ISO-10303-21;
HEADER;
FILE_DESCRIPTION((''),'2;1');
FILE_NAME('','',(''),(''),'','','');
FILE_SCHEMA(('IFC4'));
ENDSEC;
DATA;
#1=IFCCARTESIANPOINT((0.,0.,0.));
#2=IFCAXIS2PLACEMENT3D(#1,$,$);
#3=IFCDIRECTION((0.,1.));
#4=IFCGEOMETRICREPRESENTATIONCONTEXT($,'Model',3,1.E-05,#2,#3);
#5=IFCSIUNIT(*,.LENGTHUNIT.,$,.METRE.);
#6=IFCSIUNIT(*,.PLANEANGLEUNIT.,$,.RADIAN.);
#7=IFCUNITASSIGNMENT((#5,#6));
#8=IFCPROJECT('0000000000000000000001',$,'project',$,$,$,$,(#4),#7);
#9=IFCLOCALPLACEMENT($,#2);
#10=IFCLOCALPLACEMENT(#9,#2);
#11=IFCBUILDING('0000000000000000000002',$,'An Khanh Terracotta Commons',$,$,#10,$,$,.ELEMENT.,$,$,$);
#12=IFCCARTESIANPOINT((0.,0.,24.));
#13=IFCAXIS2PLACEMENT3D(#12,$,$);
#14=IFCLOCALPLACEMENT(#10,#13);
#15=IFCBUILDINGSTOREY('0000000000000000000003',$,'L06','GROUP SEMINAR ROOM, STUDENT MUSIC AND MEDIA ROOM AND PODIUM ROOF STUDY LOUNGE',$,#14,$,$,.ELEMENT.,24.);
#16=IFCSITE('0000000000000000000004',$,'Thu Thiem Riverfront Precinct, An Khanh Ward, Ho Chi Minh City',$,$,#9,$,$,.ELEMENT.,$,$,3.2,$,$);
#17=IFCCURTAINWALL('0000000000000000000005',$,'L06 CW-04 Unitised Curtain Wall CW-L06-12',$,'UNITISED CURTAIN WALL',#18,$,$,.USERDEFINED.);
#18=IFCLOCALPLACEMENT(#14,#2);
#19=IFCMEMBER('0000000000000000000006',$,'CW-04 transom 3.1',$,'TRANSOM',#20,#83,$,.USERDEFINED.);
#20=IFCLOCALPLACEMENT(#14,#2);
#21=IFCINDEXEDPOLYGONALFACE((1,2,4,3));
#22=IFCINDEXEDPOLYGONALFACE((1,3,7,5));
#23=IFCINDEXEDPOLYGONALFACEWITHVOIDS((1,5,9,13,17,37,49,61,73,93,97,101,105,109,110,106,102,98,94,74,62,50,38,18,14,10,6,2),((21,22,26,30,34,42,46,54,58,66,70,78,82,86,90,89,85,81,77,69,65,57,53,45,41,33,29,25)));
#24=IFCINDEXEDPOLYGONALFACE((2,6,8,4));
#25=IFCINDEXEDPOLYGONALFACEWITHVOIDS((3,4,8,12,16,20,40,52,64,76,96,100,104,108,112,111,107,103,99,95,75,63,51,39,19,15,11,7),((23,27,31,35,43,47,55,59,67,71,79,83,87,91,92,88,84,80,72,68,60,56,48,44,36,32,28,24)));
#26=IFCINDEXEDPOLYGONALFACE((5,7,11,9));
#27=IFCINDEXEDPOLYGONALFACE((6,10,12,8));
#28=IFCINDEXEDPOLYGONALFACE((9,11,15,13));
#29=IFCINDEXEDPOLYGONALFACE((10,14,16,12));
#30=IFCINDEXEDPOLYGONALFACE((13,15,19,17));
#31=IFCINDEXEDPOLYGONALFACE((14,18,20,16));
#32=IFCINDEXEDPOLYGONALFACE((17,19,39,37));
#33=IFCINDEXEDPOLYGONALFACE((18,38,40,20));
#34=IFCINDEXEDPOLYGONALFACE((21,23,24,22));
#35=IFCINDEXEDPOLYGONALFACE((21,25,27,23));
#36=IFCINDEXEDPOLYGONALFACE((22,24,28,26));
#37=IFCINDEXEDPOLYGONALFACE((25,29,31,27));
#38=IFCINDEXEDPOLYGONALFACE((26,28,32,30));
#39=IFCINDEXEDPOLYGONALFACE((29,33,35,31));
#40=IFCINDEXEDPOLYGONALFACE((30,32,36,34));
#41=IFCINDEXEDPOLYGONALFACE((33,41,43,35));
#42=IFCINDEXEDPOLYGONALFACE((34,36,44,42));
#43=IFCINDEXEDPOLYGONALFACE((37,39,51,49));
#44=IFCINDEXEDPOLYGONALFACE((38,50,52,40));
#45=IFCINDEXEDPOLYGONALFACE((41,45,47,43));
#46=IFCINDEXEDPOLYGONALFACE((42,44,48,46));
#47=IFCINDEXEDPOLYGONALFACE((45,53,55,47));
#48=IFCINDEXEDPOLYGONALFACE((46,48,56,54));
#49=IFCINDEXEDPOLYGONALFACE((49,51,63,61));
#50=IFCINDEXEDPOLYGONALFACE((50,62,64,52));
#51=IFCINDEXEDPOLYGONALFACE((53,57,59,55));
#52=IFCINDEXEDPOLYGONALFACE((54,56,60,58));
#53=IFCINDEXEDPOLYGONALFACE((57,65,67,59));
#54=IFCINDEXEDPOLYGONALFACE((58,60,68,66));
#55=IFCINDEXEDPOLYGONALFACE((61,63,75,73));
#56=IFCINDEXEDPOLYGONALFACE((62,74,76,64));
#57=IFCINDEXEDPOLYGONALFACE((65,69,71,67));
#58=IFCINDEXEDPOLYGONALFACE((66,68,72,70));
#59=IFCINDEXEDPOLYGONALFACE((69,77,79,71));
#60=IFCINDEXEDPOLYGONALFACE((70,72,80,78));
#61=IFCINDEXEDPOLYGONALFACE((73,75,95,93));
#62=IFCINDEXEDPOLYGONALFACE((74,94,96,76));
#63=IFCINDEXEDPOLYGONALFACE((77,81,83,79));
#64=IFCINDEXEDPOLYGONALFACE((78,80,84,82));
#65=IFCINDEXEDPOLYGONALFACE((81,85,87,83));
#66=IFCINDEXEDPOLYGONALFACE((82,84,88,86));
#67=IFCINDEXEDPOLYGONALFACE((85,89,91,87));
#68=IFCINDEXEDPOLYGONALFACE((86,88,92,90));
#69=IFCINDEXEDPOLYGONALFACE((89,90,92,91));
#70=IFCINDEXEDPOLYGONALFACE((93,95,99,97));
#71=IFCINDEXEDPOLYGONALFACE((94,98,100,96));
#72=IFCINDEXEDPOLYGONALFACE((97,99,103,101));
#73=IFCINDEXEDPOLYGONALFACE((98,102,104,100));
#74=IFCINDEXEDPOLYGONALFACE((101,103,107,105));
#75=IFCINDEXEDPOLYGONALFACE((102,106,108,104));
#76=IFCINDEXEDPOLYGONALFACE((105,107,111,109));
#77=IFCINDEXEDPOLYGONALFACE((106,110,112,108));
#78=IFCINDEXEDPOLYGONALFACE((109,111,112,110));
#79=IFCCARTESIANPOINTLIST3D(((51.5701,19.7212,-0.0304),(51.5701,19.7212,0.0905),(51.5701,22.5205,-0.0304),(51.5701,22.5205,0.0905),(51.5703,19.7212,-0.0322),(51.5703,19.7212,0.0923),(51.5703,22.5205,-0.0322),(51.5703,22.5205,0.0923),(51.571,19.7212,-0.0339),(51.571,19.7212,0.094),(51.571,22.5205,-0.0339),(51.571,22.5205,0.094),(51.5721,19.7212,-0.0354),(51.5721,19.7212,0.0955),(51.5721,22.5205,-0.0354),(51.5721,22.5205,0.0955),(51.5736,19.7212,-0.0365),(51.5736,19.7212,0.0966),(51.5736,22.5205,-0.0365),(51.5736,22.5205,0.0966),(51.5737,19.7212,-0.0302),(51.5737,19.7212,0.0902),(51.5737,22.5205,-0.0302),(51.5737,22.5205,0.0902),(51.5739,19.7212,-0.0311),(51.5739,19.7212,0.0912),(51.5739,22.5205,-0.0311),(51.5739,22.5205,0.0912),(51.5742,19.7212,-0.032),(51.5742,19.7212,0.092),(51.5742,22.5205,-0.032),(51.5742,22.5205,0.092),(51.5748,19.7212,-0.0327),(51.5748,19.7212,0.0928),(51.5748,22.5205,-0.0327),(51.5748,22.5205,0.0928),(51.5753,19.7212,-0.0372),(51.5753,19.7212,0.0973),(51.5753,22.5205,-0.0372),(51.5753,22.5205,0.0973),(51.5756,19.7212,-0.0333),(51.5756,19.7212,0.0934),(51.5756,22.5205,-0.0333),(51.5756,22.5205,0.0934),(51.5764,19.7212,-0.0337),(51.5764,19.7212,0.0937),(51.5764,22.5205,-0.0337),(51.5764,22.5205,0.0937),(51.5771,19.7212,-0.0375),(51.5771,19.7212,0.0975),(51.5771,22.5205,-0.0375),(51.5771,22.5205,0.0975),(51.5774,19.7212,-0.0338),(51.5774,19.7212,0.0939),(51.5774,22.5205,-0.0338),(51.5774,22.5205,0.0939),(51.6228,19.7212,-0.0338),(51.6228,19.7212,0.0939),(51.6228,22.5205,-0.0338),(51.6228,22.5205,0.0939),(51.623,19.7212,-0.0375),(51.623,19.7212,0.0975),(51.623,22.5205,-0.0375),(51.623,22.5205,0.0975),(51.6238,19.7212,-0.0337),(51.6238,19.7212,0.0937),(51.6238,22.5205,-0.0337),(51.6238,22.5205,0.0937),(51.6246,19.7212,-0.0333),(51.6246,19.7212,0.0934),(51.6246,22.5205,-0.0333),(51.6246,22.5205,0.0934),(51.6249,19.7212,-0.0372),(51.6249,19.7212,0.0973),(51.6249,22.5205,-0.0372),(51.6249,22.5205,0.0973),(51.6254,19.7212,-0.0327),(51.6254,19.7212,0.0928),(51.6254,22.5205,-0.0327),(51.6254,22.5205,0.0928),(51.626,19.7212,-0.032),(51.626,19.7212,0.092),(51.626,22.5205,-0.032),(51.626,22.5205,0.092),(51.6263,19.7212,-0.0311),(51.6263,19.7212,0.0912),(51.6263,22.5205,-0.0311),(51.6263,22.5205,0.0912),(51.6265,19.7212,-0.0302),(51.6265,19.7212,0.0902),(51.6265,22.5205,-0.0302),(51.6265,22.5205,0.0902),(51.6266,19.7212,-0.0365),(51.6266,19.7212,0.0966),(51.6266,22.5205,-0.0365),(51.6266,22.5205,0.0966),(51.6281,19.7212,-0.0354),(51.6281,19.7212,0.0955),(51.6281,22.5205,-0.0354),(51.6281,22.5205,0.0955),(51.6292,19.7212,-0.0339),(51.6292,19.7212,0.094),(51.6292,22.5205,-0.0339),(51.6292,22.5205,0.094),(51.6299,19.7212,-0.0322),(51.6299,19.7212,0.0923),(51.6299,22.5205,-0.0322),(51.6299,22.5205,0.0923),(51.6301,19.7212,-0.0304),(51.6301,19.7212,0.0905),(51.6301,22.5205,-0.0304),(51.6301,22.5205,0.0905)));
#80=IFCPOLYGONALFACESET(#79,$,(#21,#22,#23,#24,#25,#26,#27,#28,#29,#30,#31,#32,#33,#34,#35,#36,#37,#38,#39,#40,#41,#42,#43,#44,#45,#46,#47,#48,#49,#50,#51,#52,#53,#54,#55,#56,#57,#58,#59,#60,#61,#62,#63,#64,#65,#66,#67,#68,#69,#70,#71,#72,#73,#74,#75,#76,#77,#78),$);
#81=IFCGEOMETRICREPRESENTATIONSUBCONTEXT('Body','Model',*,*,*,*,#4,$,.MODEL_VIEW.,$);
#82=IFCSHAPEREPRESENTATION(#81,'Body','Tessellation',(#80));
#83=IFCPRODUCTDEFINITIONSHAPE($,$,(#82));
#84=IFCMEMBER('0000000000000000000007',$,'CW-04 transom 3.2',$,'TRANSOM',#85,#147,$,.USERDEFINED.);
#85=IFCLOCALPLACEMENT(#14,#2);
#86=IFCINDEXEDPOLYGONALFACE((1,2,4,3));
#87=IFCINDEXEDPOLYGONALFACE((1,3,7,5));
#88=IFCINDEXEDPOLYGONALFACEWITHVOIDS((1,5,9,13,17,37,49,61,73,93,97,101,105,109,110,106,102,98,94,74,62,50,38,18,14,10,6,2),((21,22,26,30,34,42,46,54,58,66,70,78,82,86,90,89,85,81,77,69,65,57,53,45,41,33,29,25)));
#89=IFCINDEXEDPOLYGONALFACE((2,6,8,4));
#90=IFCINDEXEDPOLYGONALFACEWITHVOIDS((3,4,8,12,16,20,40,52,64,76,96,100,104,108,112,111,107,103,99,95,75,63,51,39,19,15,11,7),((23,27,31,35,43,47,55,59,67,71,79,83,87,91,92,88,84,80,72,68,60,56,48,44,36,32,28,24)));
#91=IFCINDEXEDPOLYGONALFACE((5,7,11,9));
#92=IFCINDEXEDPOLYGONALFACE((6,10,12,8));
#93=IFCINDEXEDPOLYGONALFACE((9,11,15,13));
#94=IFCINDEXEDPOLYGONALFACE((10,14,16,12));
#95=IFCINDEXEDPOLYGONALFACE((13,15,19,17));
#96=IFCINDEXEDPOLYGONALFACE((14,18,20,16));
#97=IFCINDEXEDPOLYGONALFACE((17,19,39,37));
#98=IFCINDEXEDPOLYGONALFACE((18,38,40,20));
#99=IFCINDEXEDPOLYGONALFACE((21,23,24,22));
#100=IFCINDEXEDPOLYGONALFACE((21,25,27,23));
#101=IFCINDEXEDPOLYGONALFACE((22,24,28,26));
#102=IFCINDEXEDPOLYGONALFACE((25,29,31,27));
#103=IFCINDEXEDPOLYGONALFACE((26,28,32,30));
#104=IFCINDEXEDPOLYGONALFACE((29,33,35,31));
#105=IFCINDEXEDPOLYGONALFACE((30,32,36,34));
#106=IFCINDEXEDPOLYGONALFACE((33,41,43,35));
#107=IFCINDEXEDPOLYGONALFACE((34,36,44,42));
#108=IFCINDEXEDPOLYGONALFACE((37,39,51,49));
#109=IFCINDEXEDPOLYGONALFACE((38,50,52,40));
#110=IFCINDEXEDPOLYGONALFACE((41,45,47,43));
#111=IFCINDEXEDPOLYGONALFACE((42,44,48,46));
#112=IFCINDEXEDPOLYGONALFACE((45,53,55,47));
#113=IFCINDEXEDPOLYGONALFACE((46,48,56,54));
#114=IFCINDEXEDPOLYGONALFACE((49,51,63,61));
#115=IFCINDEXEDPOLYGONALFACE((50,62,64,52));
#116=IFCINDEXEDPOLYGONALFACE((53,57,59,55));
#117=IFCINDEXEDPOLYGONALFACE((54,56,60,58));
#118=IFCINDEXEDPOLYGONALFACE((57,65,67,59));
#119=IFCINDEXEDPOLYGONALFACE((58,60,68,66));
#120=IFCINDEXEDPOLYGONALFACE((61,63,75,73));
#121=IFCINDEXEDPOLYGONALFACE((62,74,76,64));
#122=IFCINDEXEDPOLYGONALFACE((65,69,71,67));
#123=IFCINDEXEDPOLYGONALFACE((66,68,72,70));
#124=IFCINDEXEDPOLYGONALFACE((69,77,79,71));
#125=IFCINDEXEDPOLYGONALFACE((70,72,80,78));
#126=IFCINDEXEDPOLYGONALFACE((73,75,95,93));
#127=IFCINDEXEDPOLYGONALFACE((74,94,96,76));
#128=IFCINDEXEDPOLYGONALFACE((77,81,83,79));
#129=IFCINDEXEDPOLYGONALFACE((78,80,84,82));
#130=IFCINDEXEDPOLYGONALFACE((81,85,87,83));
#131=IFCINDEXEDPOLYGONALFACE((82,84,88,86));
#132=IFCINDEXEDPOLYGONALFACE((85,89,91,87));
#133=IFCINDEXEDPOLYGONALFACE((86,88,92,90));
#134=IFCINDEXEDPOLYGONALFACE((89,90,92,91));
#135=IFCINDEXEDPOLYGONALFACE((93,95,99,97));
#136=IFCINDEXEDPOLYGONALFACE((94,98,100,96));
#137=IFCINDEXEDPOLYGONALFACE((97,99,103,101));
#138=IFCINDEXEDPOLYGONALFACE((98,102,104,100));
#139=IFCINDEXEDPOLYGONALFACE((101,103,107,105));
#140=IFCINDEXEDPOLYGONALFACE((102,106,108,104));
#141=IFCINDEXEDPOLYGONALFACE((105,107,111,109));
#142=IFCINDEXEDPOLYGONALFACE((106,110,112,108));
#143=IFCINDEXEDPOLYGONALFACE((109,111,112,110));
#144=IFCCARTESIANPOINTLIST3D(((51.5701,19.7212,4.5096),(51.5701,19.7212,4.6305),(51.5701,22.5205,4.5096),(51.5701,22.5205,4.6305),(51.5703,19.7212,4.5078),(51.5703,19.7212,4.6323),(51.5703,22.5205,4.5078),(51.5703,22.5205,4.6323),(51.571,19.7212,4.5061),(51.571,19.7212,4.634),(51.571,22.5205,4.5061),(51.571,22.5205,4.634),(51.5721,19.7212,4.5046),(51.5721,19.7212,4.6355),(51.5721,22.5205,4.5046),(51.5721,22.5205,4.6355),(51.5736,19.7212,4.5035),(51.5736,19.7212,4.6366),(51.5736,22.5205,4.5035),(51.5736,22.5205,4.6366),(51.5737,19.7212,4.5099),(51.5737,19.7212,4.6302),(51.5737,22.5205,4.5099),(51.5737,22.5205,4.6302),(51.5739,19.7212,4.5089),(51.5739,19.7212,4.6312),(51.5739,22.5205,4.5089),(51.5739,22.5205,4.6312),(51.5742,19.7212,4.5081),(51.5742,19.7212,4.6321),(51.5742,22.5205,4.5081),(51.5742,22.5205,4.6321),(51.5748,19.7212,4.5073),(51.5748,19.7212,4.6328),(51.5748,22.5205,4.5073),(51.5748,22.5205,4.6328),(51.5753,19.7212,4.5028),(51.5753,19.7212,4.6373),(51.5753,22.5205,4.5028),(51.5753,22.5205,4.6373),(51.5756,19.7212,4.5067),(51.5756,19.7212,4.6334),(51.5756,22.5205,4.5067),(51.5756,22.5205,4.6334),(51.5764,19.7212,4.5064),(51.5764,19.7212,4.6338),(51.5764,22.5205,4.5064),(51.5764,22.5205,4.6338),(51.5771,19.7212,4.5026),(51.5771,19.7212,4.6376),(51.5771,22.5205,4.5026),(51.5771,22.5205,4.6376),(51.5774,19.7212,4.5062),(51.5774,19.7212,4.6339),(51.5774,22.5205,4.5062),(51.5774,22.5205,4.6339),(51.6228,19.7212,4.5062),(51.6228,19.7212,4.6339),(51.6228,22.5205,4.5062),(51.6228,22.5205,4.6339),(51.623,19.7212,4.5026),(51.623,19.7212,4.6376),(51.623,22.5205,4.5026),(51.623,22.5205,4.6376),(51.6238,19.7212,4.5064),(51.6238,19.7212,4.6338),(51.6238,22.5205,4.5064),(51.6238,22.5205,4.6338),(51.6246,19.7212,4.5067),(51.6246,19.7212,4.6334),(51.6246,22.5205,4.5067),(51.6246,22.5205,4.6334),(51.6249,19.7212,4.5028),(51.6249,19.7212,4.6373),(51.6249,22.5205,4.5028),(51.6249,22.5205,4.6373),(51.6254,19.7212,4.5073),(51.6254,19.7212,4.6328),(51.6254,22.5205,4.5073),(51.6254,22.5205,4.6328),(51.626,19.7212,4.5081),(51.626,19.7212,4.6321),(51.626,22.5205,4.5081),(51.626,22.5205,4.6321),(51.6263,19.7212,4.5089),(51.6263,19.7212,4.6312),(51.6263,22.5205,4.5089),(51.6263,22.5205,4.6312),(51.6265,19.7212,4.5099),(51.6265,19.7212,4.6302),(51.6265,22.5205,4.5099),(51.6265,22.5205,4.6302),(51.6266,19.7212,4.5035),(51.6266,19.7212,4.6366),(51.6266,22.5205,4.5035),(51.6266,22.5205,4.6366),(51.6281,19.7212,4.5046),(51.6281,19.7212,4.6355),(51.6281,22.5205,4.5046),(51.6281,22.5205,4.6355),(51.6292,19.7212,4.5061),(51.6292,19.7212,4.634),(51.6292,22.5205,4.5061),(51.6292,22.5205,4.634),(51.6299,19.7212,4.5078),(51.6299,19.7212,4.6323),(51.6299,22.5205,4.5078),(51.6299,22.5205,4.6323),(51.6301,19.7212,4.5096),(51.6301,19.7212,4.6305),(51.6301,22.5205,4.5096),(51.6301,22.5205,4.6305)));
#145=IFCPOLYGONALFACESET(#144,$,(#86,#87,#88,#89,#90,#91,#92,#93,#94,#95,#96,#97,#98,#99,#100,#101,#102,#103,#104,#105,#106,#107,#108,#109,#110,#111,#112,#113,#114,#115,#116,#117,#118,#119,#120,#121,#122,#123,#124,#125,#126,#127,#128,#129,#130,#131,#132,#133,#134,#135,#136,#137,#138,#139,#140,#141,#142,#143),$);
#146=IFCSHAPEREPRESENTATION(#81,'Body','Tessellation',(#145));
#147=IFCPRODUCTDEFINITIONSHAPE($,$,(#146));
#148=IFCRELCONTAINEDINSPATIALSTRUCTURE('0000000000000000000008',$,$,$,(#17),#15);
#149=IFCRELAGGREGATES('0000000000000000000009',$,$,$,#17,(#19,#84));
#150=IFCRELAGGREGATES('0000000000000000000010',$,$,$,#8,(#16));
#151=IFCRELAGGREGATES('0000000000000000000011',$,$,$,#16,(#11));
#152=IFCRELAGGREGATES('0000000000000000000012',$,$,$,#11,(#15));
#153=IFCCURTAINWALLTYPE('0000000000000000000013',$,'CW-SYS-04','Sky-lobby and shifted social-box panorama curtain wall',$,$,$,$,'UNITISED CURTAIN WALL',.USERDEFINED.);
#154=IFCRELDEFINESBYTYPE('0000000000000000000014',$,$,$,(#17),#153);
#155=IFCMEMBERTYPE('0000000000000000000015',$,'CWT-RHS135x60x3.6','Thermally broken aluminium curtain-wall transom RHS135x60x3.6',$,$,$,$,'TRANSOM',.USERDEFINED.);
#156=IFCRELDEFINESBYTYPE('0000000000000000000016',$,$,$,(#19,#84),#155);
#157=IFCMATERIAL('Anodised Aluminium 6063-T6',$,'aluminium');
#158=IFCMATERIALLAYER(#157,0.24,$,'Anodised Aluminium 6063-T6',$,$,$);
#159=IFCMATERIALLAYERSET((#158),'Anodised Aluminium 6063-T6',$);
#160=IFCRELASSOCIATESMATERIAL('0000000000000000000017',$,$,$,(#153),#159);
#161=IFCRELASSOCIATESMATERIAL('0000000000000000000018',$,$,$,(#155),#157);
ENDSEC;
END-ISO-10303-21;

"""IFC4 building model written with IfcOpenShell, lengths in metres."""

from ifc_helpers import new_model, si_unit, direction, frame, origin, origin_2d, place, context, subcontext, project, spatial, hollow_rectangle, extrude, material, layer, layer_set, material_profile, profile_set, type_object, element, aggregate, save


model = new_model("IFC4")

# Units and contexts
model_context = context("Model", 3, precision=1e-05, world=origin(), true_north=direction((0.0, 1.0)))
body_context = subcontext(model_context, "Body", "Model", "MODEL_VIEW")
ifc_project = project(units=[si_unit("LENGTHUNIT", "METRE"), si_unit("PLANEANGLEUNIT", "RADIAN")], contexts=[model_context])

# Site, building, storey
site_placement = place(None, origin())
site = spatial("IfcSite", under=ifc_project, at=site_placement, Name="Thu Thiem Riverfront Precinct, An Khanh Ward, Ho Chi Minh City", CompositionType="ELEMENT", RefElevation=3.2)
building_placement = place(site_placement, origin())
building = spatial("IfcBuilding", under=site, at=building_placement, Name="An Khanh Terracotta Commons", CompositionType="ELEMENT")
storey_placement = place(building_placement, frame((0.0, 0.0, 24.0)))
storey = spatial("IfcBuildingStorey", under=building, at=storey_placement, Name="L06", Description="GROUP SEMINAR ROOM, STUDENT MUSIC AND MEDIA ROOM AND PODIUM ROOF STUDY LOUNGE", CompositionType="ELEMENT", Elevation=24.0)

# Curtain wall, members
ifc_material_1 = material(Name="Anodised Aluminium 6063-T6", Category="aluminium")
ifc_layer_1 = layer(ifc_material_1, 0.24, Name="Anodised Aluminium 6063-T6")
ifc_layer_set_1 = layer_set([ifc_layer_1], Name="Anodised Aluminium 6063-T6")
curtain_wall_type = type_object("IfcCurtainWallType", Name="CW-SYS-04", Description="Sky-lobby and shifted social-box panorama curtain wall", ElementType="UNITISED CURTAIN WALL", PredefinedType="USERDEFINED", material=ifc_layer_set_1)
curtain_wall_placement = place(storey_placement, origin())
curtain_wall = element("IfcCurtainWall", 1, at=curtain_wall_placement, inside=storey, type_object=curtain_wall_type, Name="L06 CW-04 Unitised Curtain Wall CW-L06-12", ObjectType="UNITISED CURTAIN WALL", PredefinedType="USERDEFINED")
ifc_material_profile_1 = material_profile(ifc_material_1, hollow_rectangle(XDim=0.0601, YDim=0.135, WallThickness=0.0037, InnerFilletRadius=0.0037, OuterFilletRadius=0.0071, at=origin_2d()), Name="RHS135x60x3.6")
ifc_profile_set_1 = profile_set([ifc_material_profile_1], Name="Anodised Aluminium 6063-T6")
member_type_1 = type_object("IfcMemberType", Name="CWT-RHS135x60x3.6", Description="Thermally broken aluminium curtain-wall transom RHS135x60x3.6", ElementType="TRANSOM", PredefinedType="USERDEFINED", material=ifc_profile_set_1)
member_1_placement = place(storey_placement, frame((51.6001, 19.7212, 0.03), z_axis=(0.0, 1.0, 0.0), x_axis=(-1.0, 0.0, 0.0)))
member_1 = element("IfcMember", 2, at=member_1_placement, type_object=member_type_1, Name="CW-04 transom 3.1", ObjectType="TRANSOM", PredefinedType="USERDEFINED", context=body_context, shape_type="SweptSolid", body=[
    extrude(hollow_rectangle(XDim=0.0601, YDim=0.135, WallThickness=0.0037, InnerFilletRadius=0.0037, OuterFilletRadius=0.0071, at=origin_2d()), origin(), (0.0, 0.0, 1.0), 2.7993),
])
member_2_placement = place(storey_placement, frame((51.6001, 19.7212, 4.5701), z_axis=(0.0, 1.0, 0.0), x_axis=(-1.0, 0.0, 0.0)))
member_2 = element("IfcMember", 3, at=member_2_placement, type_object=member_type_1, Name="CW-04 transom 3.2", ObjectType="TRANSOM", PredefinedType="USERDEFINED", context=body_context, shape_type="SweptSolid", body=[
    extrude(hollow_rectangle(XDim=0.0601, YDim=0.135, WallThickness=0.0037, InnerFilletRadius=0.0037, OuterFilletRadius=0.0071, at=origin_2d()), origin(), (0.0, 0.0, 1.0), 2.7993),
])
aggregate(curtain_wall, [member_1, member_2])

save(model, "model.ifc")
